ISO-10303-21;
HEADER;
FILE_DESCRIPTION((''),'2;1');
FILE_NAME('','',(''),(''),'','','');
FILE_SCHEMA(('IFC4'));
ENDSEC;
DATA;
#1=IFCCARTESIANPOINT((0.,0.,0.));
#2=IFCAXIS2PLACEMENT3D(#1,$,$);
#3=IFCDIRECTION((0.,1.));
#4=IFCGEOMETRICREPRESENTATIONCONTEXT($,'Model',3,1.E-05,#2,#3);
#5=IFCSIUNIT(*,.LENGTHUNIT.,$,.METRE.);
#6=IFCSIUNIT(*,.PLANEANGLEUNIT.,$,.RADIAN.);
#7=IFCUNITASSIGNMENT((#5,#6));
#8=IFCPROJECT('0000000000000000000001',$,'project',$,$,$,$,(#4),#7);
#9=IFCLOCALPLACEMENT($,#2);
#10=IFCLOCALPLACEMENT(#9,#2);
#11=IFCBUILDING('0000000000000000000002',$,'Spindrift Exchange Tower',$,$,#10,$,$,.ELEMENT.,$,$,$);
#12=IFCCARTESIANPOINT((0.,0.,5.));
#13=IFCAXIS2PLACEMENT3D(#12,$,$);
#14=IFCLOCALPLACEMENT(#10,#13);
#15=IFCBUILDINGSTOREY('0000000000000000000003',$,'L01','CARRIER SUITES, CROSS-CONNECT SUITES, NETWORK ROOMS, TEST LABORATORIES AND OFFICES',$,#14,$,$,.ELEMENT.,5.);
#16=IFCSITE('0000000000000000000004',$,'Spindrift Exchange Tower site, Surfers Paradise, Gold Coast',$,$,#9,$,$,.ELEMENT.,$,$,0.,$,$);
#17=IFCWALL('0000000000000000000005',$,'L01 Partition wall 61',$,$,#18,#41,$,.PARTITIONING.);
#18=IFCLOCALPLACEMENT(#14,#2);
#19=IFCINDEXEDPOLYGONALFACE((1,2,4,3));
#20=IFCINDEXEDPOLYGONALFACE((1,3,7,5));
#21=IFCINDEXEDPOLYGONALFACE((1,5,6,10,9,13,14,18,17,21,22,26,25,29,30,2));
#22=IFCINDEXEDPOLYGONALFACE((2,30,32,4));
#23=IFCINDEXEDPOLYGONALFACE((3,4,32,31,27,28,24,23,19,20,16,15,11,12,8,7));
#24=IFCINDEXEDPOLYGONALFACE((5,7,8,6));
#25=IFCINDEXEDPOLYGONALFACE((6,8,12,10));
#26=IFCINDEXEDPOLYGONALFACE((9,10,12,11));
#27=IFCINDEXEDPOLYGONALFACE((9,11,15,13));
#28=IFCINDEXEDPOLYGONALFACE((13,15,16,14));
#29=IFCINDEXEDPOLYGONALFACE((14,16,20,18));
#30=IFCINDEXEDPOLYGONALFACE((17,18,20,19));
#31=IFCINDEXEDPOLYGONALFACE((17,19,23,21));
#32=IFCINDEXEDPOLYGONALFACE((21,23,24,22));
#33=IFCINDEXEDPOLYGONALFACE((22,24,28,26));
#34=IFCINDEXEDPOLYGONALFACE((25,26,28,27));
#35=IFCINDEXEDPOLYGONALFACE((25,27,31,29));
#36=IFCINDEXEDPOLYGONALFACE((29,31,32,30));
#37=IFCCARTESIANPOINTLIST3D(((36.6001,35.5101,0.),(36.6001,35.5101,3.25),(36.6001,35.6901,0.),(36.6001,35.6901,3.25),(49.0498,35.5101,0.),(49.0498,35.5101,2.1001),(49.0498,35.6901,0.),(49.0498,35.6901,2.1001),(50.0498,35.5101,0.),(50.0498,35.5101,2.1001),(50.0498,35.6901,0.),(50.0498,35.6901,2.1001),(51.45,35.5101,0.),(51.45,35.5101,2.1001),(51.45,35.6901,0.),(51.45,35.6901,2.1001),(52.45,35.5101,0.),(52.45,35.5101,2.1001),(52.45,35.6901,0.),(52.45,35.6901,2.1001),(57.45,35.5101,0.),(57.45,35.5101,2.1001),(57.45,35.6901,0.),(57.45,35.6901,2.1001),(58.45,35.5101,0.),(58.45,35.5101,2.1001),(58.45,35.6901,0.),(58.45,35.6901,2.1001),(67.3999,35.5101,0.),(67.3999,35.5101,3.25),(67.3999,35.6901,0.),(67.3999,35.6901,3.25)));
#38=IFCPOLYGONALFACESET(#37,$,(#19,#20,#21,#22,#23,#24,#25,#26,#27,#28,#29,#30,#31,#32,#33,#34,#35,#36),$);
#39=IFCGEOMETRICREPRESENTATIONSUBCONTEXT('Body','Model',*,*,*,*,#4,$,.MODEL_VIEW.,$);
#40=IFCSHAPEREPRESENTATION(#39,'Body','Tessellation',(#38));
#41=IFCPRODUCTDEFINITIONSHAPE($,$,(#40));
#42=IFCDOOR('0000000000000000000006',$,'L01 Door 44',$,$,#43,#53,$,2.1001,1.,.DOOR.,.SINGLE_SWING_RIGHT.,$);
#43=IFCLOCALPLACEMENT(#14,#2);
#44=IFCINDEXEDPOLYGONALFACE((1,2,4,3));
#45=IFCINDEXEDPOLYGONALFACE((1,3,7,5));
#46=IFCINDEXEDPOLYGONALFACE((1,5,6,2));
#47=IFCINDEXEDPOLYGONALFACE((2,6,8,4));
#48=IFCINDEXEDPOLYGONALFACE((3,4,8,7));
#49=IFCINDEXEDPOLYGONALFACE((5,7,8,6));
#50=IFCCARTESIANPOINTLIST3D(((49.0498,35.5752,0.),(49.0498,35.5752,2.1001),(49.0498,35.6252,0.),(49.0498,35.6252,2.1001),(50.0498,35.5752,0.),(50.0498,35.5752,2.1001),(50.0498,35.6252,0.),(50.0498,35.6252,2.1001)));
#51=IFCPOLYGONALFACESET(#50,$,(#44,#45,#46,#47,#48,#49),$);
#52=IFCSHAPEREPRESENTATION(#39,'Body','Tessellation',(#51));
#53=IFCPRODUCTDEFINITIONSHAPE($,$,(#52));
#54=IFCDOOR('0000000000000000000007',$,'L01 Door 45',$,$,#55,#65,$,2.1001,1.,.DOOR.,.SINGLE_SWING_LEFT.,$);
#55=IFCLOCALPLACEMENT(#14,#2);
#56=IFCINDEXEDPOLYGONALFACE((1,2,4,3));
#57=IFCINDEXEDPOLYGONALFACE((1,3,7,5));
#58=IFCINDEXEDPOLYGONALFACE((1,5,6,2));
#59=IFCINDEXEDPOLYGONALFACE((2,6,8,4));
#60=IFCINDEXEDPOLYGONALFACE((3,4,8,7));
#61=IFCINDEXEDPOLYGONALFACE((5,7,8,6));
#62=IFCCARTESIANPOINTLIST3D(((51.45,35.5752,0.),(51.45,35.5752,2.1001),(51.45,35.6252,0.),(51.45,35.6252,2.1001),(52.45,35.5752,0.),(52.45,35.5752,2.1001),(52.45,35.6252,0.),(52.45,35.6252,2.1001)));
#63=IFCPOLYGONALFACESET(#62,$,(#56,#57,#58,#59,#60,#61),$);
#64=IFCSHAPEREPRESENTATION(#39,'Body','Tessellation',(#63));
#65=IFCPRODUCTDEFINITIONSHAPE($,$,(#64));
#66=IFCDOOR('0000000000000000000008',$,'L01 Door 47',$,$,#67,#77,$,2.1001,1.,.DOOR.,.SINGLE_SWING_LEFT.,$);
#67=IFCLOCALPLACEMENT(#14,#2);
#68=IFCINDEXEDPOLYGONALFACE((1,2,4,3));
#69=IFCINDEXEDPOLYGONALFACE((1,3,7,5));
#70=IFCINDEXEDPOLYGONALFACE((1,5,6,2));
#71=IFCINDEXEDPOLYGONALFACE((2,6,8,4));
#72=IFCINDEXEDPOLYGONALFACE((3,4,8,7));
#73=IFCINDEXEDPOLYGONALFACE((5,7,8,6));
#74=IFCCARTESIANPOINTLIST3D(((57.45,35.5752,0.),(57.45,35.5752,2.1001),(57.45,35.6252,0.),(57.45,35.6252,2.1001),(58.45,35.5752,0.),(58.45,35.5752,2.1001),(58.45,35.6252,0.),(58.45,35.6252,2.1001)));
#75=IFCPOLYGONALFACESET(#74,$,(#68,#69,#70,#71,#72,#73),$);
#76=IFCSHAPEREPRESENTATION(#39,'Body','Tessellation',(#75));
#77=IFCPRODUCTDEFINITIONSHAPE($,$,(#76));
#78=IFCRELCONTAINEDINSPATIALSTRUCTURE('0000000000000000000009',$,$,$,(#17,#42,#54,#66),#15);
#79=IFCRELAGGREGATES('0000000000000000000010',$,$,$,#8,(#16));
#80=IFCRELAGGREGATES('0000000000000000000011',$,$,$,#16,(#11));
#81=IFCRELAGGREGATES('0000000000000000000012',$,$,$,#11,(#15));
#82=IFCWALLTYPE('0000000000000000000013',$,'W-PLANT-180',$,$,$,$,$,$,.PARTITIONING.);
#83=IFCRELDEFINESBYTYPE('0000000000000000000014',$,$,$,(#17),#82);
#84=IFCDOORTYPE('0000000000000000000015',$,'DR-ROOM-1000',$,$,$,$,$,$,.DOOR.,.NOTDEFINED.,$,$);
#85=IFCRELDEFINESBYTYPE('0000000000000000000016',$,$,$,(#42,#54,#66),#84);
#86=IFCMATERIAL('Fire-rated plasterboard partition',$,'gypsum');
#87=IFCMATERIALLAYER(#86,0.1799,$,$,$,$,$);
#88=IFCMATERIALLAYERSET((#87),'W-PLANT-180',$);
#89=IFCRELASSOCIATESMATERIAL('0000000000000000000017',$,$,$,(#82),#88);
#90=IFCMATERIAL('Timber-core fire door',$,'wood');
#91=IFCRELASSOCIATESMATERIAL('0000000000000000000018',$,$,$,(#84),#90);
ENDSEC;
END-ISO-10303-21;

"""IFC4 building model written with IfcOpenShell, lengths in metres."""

from ifc_helpers import new_model, si_unit, direction, frame, frame_2d, origin, place, context, subcontext, project, spatial, rectangle, extrude, source, transform, mapped, material, layer, layer_set, type_object, element, fill, save


model = new_model("IFC4")

# Units and contexts
model_context = context("Model", 3, precision=1e-05, world=origin(), true_north=direction((0.0, 1.0)))
body_context = subcontext(model_context, "Body", "Model", "MODEL_VIEW")
ifc_project = project(units=[si_unit("LENGTHUNIT", "METRE"), si_unit("PLANEANGLEUNIT", "RADIAN")], contexts=[model_context])

# Site, building, storey
site_placement = place(None, origin())
site = spatial("IfcSite", under=ifc_project, at=site_placement, Name="Spindrift Exchange Tower site, Surfers Paradise, Gold Coast", CompositionType="ELEMENT", RefElevation=0.0)
building_placement = place(site_placement, origin())
building = spatial("IfcBuilding", under=site, at=building_placement, Name="Spindrift Exchange Tower", CompositionType="ELEMENT")
storey_placement = place(building_placement, frame((0.0, 0.0, 5.0)))
storey = spatial("IfcBuildingStorey", under=building, at=storey_placement, Name="L01", Description="CARRIER SUITES, CROSS-CONNECT SUITES, NETWORK ROOMS, TEST LABORATORIES AND OFFICES", CompositionType="ELEMENT", Elevation=5.0)

# Shared definitions
ifc_material_1 = material(Name="Fire-rated plasterboard partition", Category="gypsum")

# Wall, openings, doors
ifc_layer_1 = layer(ifc_material_1, 0.1799)
ifc_layer_set_1 = layer_set([ifc_layer_1], Name="W-PLANT-180")
wall_type_1 = type_object("IfcWallType", Name="W-PLANT-180", PredefinedType="PARTITIONING", material=ifc_layer_set_1)
wall_1_placement = place(storey_placement, frame((67.3999, 35.6001, 0.0), z_axis=(0.0, 0.0, 1.0), x_axis=(-1.0, 0.0, 0.0)))
wall_1 = element("IfcWall", 1, at=wall_1_placement, inside=storey, type_object=wall_type_1, Name="L01 Partition wall 61", PredefinedType="PARTITIONING", context=body_context, shape_type="SweptSolid", body=[
    extrude(rectangle(XDim=30.7998, YDim=0.1799, at=frame_2d((15.3999, 0.0))), origin(), (0.0, 0.0, 1.0), 3.25),
])
opening_1_placement = place(wall_1_placement, frame((17.3501, 0.0, 0.0)))
opening_1 = element("IfcOpeningElement", 2, at=opening_1_placement, cuts=wall_1, PredefinedType="OPENING", context=body_context, shape_type="SweptSolid", body=[
    extrude(rectangle(XDim=1.0, YDim=2.1001, at=frame_2d((0.5, 1.05))), frame((0.0, 0.0999, 0.0), z_axis=(0.0, -1.0, 0.0), x_axis=(1.0, 0.0, 0.0)), (0.0, 0.0, 1.0), 0.2),
])
opening_2_placement = place(wall_1_placement, frame((14.95, 0.0, 0.0)))
opening_2 = element("IfcOpeningElement", 3, at=opening_2_placement, cuts=wall_1, PredefinedType="OPENING", context=body_context, shape_type="SweptSolid", body=[
    extrude(rectangle(XDim=1.0, YDim=2.1001, at=frame_2d((0.5, 1.05))), frame((0.0, 0.0999, 0.0), z_axis=(0.0, -1.0, 0.0), x_axis=(1.0, 0.0, 0.0)), (0.0, 0.0, 1.0), 0.2),
])
opening_3_placement = place(wall_1_placement, frame((8.95, 0.0, 0.0)))
opening_3 = element("IfcOpeningElement", 4, at=opening_3_placement, cuts=wall_1, PredefinedType="OPENING", context=body_context, shape_type="SweptSolid", body=[
    extrude(rectangle(XDim=1.0, YDim=2.1001, at=frame_2d((0.5, 1.05))), frame((0.0, 0.0999, 0.0), z_axis=(0.0, -1.0, 0.0), x_axis=(1.0, 0.0, 0.0)), (0.0, 0.0, 1.0), 0.2),
])
ifc_material_2 = material(Name="Timber-core fire door", Category="wood")
door_type = type_object("IfcDoorType", Name="DR-ROOM-1000", OperationType="NOTDEFINED", PredefinedType="DOOR", material=ifc_material_2)
shared_shape_1 = source(origin(), body_context, "Body", "SweptSolid", [
    extrude(rectangle(XDim=1.0, YDim=2.1001, at=frame_2d((0.5, 1.05))), frame((0.0, 0.0249, 0.0), z_axis=(0.0, -1.0, 0.0), x_axis=(1.0, 0.0, 0.0)), (0.0, 0.0, 1.0), 0.05),
])
door_1_placement = place(opening_1_placement, origin())
door_1 = element("IfcDoor", 5, at=door_1_placement, inside=storey, type_object=door_type, Name="L01 Door 44", OperationType="SINGLE_SWING_RIGHT", OverallHeight=2.1001, OverallWidth=1.0, PredefinedType="DOOR", context=body_context, shape_type="MappedRepresentation", body=[
    mapped(shared_shape_1, transform((0.0, 0.0, 0.0), scale=1.0)),
])
fill(opening_1, door_1)
door_2_placement = place(opening_2_placement, origin())
door_2 = element("IfcDoor", 6, at=door_2_placement, inside=storey, type_object=door_type, Name="L01 Door 45", OperationType="SINGLE_SWING_LEFT", OverallHeight=2.1001, OverallWidth=1.0, PredefinedType="DOOR", context=body_context, shape_type="MappedRepresentation", body=[
    mapped(shared_shape_1, transform((0.0, 0.0, 0.0), scale=1.0)),
])
fill(opening_2, door_2)
door_3_placement = place(opening_3_placement, origin())
door_3 = element("IfcDoor", 7, at=door_3_placement, inside=storey, type_object=door_type, Name="L01 Door 47", OperationType="SINGLE_SWING_LEFT", OverallHeight=2.1001, OverallWidth=1.0, PredefinedType="DOOR", context=body_context, shape_type="MappedRepresentation", body=[
    mapped(shared_shape_1, transform((0.0, 0.0, 0.0), scale=1.0)),
])
fill(opening_3, door_3)

save(model, "model.ifc")
